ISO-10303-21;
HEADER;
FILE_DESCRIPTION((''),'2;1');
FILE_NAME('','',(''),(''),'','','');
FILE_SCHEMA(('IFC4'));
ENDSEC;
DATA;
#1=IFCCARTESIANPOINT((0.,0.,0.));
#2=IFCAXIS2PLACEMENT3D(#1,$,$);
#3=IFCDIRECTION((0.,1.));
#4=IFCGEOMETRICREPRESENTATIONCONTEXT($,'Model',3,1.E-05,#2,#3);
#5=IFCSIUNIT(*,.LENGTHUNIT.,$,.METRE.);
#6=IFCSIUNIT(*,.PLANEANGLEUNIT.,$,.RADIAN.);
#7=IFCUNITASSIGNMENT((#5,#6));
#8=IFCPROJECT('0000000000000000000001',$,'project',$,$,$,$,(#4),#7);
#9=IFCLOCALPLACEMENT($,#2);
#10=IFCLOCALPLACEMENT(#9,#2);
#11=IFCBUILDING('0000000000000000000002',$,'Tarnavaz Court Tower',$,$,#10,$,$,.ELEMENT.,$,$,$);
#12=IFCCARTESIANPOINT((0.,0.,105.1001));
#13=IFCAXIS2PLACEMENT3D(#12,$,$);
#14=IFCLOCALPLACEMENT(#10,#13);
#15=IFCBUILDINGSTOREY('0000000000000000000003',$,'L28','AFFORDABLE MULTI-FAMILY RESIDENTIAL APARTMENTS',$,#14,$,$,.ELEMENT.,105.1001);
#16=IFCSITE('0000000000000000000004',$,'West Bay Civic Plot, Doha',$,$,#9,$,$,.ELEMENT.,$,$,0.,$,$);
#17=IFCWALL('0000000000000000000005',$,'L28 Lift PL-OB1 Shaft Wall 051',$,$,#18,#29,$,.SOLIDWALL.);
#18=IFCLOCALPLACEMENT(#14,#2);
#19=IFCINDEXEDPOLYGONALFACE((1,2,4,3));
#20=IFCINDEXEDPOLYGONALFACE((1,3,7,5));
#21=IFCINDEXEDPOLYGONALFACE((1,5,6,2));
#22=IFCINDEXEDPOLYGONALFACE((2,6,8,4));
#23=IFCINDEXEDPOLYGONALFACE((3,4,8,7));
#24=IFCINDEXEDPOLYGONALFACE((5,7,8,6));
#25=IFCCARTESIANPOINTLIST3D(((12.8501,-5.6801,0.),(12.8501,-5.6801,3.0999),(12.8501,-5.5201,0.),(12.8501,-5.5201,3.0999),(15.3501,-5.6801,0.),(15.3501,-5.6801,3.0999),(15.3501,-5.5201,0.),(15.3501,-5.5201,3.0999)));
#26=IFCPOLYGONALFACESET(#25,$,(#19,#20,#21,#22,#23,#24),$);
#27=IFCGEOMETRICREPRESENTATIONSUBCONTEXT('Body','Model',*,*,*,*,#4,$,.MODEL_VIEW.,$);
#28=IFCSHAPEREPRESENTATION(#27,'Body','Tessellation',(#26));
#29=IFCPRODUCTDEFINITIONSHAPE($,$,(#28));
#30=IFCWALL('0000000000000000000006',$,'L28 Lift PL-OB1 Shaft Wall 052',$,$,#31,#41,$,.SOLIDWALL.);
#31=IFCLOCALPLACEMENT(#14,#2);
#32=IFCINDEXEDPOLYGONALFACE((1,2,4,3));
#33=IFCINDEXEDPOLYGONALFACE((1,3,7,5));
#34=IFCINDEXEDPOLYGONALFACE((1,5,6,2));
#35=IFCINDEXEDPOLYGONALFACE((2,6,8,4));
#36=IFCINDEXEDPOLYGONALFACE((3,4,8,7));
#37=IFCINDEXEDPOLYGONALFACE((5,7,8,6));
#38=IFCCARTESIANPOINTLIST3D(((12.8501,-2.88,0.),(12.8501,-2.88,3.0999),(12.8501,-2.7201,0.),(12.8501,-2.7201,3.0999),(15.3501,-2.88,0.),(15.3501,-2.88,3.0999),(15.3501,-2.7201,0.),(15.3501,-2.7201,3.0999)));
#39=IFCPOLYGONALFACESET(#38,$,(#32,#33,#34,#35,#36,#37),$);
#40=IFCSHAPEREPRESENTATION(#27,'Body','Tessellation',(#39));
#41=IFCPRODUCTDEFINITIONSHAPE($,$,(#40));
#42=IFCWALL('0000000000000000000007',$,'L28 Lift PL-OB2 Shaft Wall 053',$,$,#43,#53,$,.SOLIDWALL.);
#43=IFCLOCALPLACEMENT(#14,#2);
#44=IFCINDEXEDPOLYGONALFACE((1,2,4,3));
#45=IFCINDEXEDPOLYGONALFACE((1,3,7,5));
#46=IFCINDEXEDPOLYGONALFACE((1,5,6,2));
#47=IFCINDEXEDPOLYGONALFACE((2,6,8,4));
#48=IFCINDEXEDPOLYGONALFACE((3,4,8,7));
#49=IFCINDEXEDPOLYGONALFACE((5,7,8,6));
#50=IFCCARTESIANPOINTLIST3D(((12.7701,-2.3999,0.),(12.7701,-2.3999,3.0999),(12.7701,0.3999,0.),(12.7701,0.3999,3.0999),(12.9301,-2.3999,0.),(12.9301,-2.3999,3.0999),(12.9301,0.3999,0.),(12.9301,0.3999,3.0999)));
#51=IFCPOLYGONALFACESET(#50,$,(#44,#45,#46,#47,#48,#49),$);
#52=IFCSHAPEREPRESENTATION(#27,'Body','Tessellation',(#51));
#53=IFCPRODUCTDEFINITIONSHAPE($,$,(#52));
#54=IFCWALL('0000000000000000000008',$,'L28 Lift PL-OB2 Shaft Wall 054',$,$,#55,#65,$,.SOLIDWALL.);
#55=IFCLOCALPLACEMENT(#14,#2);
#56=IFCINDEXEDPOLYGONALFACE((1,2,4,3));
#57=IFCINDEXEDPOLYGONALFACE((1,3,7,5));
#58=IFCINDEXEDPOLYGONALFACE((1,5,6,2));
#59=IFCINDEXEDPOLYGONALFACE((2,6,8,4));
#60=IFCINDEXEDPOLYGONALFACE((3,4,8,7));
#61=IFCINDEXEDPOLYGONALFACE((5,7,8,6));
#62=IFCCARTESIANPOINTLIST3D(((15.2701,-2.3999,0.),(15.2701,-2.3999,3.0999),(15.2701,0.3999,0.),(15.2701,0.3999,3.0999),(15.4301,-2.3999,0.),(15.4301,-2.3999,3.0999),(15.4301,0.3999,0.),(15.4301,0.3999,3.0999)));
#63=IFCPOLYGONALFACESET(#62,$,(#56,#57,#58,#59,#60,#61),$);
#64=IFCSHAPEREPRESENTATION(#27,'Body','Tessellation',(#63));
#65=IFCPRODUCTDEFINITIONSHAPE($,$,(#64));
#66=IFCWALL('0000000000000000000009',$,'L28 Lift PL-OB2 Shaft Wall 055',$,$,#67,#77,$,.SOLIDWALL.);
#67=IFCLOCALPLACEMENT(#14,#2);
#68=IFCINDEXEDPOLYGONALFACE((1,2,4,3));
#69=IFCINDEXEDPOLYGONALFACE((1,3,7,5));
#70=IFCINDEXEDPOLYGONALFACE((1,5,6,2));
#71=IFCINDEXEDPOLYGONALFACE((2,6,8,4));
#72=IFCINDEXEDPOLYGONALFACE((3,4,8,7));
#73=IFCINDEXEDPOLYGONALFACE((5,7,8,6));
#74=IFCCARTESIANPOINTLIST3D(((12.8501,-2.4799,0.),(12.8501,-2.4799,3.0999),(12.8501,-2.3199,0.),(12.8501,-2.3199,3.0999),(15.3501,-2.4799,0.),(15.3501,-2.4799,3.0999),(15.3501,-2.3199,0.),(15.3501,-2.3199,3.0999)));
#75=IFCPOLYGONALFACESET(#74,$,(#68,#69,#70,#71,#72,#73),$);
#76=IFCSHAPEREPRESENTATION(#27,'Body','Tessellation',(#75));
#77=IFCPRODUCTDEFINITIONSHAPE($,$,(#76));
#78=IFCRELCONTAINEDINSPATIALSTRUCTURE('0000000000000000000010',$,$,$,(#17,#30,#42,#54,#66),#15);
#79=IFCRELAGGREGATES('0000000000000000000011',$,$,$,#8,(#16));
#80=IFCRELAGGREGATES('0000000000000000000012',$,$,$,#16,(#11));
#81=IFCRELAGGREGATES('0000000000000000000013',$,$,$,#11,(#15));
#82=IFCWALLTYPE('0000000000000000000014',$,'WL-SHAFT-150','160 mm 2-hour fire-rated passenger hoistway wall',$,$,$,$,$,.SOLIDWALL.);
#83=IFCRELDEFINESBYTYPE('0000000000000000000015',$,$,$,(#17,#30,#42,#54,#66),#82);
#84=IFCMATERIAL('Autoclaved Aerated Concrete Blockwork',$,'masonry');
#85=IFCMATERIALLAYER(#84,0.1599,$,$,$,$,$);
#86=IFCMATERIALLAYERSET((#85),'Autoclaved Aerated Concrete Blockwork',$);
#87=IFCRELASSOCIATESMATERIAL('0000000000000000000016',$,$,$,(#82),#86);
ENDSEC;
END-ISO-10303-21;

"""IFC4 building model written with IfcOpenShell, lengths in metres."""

from ifc_helpers import new_model, si_unit, direction, frame, frame_2d, origin, place, context, subcontext, project, spatial, rectangle, extrude, material, layer, layer_set, type_object, element, save


model = new_model("IFC4")

# Units and contexts
model_context = context("Model", 3, precision=1e-05, world=origin(), true_north=direction((0.0, 1.0)))
body_context = subcontext(model_context, "Body", "Model", "MODEL_VIEW")
ifc_project = project(units=[si_unit("LENGTHUNIT", "METRE"), si_unit("PLANEANGLEUNIT", "RADIAN")], contexts=[model_context])

# Site, building, storey
site_placement = place(None, origin())
site = spatial("IfcSite", under=ifc_project, at=site_placement, Name="West Bay Civic Plot, Doha", CompositionType="ELEMENT", RefElevation=0.0)
building_placement = place(site_placement, origin())
building = spatial("IfcBuilding", under=site, at=building_placement, Name="Tarnavaz Court Tower", CompositionType="ELEMENT")
storey_placement = place(building_placement, frame((0.0, 0.0, 105.1001)))
storey = spatial("IfcBuildingStorey", under=building, at=storey_placement, Name="L28", Description="AFFORDABLE MULTI-FAMILY RESIDENTIAL APARTMENTS", CompositionType="ELEMENT", Elevation=105.1001)

# Walls
ifc_material_1 = material(Name="Autoclaved Aerated Concrete Blockwork", Category="masonry")
ifc_layer_1 = layer(ifc_material_1, 0.1599)
ifc_layer_set_1 = layer_set([ifc_layer_1], Name="Autoclaved Aerated Concrete Blockwork")
wall_type_1 = type_object("IfcWallType", Name="WL-SHAFT-150", Description="160 mm 2-hour fire-rated passenger hoistway wall", PredefinedType="SOLIDWALL", material=ifc_layer_set_1)
for number, where, z_axis, x_axis, name in (
    (1, (12.8501, -5.6001, 0.0), (0.0, 0.0, 1.0), (1.0, 0.0, 0.0), "L28 Lift PL-OB1 Shaft Wall 051"),
    (2, (12.8501, -2.8, 0.0), (0.0, 0.0, 1.0), (1.0, 0.0, 0.0), "L28 Lift PL-OB1 Shaft Wall 052"),
):
    element("IfcWall", number, at=place(storey_placement, frame(where, z_axis=z_axis, x_axis=x_axis)), inside=storey, type_object=wall_type_1, Name=name, PredefinedType="SOLIDWALL", context=body_context, shape_type="SweptSolid", body=[
        extrude(rectangle(XDim=2.5, YDim=0.1599, at=frame_2d((1.25, 0.0))), origin(), (0.0, 0.0, 1.0), 3.0999),
    ])
for number, where, z_axis, x_axis, name in (
    (3, (12.8501, -2.3999, 0.0), (0.0, 0.0, 1.0), (0.0, 1.0, 0.0), "L28 Lift PL-OB2 Shaft Wall 053"),
    (4, (15.3501, -2.3999, 0.0), (0.0, 0.0, 1.0), (0.0, 1.0, 0.0), "L28 Lift PL-OB2 Shaft Wall 054"),
):
    element("IfcWall", number, at=place(storey_placement, frame(where, z_axis=z_axis, x_axis=x_axis)), inside=storey, type_object=wall_type_1, Name=name, PredefinedType="SOLIDWALL", context=body_context, shape_type="SweptSolid", body=[
        extrude(rectangle(XDim=2.7998, YDim=0.1599, at=frame_2d((1.3999, 0.0))), origin(), (0.0, 0.0, 1.0), 3.0999),
    ])
wall_1_placement = place(storey_placement, frame((12.8501, -2.3999, 0.0), z_axis=(0.0, 0.0, 1.0), x_axis=(1.0, 0.0, 0.0)))
element("IfcWall", 5, at=wall_1_placement, inside=storey, type_object=wall_type_1, Name="L28 Lift PL-OB2 Shaft Wall 055", PredefinedType="SOLIDWALL", context=body_context, shape_type="SweptSolid", body=[
    extrude(rectangle(XDim=2.5, YDim=0.1599, at=frame_2d((1.25, 0.0))), origin(), (0.0, 0.0, 1.0), 3.0999),
])

save(model, "model.ifc")
